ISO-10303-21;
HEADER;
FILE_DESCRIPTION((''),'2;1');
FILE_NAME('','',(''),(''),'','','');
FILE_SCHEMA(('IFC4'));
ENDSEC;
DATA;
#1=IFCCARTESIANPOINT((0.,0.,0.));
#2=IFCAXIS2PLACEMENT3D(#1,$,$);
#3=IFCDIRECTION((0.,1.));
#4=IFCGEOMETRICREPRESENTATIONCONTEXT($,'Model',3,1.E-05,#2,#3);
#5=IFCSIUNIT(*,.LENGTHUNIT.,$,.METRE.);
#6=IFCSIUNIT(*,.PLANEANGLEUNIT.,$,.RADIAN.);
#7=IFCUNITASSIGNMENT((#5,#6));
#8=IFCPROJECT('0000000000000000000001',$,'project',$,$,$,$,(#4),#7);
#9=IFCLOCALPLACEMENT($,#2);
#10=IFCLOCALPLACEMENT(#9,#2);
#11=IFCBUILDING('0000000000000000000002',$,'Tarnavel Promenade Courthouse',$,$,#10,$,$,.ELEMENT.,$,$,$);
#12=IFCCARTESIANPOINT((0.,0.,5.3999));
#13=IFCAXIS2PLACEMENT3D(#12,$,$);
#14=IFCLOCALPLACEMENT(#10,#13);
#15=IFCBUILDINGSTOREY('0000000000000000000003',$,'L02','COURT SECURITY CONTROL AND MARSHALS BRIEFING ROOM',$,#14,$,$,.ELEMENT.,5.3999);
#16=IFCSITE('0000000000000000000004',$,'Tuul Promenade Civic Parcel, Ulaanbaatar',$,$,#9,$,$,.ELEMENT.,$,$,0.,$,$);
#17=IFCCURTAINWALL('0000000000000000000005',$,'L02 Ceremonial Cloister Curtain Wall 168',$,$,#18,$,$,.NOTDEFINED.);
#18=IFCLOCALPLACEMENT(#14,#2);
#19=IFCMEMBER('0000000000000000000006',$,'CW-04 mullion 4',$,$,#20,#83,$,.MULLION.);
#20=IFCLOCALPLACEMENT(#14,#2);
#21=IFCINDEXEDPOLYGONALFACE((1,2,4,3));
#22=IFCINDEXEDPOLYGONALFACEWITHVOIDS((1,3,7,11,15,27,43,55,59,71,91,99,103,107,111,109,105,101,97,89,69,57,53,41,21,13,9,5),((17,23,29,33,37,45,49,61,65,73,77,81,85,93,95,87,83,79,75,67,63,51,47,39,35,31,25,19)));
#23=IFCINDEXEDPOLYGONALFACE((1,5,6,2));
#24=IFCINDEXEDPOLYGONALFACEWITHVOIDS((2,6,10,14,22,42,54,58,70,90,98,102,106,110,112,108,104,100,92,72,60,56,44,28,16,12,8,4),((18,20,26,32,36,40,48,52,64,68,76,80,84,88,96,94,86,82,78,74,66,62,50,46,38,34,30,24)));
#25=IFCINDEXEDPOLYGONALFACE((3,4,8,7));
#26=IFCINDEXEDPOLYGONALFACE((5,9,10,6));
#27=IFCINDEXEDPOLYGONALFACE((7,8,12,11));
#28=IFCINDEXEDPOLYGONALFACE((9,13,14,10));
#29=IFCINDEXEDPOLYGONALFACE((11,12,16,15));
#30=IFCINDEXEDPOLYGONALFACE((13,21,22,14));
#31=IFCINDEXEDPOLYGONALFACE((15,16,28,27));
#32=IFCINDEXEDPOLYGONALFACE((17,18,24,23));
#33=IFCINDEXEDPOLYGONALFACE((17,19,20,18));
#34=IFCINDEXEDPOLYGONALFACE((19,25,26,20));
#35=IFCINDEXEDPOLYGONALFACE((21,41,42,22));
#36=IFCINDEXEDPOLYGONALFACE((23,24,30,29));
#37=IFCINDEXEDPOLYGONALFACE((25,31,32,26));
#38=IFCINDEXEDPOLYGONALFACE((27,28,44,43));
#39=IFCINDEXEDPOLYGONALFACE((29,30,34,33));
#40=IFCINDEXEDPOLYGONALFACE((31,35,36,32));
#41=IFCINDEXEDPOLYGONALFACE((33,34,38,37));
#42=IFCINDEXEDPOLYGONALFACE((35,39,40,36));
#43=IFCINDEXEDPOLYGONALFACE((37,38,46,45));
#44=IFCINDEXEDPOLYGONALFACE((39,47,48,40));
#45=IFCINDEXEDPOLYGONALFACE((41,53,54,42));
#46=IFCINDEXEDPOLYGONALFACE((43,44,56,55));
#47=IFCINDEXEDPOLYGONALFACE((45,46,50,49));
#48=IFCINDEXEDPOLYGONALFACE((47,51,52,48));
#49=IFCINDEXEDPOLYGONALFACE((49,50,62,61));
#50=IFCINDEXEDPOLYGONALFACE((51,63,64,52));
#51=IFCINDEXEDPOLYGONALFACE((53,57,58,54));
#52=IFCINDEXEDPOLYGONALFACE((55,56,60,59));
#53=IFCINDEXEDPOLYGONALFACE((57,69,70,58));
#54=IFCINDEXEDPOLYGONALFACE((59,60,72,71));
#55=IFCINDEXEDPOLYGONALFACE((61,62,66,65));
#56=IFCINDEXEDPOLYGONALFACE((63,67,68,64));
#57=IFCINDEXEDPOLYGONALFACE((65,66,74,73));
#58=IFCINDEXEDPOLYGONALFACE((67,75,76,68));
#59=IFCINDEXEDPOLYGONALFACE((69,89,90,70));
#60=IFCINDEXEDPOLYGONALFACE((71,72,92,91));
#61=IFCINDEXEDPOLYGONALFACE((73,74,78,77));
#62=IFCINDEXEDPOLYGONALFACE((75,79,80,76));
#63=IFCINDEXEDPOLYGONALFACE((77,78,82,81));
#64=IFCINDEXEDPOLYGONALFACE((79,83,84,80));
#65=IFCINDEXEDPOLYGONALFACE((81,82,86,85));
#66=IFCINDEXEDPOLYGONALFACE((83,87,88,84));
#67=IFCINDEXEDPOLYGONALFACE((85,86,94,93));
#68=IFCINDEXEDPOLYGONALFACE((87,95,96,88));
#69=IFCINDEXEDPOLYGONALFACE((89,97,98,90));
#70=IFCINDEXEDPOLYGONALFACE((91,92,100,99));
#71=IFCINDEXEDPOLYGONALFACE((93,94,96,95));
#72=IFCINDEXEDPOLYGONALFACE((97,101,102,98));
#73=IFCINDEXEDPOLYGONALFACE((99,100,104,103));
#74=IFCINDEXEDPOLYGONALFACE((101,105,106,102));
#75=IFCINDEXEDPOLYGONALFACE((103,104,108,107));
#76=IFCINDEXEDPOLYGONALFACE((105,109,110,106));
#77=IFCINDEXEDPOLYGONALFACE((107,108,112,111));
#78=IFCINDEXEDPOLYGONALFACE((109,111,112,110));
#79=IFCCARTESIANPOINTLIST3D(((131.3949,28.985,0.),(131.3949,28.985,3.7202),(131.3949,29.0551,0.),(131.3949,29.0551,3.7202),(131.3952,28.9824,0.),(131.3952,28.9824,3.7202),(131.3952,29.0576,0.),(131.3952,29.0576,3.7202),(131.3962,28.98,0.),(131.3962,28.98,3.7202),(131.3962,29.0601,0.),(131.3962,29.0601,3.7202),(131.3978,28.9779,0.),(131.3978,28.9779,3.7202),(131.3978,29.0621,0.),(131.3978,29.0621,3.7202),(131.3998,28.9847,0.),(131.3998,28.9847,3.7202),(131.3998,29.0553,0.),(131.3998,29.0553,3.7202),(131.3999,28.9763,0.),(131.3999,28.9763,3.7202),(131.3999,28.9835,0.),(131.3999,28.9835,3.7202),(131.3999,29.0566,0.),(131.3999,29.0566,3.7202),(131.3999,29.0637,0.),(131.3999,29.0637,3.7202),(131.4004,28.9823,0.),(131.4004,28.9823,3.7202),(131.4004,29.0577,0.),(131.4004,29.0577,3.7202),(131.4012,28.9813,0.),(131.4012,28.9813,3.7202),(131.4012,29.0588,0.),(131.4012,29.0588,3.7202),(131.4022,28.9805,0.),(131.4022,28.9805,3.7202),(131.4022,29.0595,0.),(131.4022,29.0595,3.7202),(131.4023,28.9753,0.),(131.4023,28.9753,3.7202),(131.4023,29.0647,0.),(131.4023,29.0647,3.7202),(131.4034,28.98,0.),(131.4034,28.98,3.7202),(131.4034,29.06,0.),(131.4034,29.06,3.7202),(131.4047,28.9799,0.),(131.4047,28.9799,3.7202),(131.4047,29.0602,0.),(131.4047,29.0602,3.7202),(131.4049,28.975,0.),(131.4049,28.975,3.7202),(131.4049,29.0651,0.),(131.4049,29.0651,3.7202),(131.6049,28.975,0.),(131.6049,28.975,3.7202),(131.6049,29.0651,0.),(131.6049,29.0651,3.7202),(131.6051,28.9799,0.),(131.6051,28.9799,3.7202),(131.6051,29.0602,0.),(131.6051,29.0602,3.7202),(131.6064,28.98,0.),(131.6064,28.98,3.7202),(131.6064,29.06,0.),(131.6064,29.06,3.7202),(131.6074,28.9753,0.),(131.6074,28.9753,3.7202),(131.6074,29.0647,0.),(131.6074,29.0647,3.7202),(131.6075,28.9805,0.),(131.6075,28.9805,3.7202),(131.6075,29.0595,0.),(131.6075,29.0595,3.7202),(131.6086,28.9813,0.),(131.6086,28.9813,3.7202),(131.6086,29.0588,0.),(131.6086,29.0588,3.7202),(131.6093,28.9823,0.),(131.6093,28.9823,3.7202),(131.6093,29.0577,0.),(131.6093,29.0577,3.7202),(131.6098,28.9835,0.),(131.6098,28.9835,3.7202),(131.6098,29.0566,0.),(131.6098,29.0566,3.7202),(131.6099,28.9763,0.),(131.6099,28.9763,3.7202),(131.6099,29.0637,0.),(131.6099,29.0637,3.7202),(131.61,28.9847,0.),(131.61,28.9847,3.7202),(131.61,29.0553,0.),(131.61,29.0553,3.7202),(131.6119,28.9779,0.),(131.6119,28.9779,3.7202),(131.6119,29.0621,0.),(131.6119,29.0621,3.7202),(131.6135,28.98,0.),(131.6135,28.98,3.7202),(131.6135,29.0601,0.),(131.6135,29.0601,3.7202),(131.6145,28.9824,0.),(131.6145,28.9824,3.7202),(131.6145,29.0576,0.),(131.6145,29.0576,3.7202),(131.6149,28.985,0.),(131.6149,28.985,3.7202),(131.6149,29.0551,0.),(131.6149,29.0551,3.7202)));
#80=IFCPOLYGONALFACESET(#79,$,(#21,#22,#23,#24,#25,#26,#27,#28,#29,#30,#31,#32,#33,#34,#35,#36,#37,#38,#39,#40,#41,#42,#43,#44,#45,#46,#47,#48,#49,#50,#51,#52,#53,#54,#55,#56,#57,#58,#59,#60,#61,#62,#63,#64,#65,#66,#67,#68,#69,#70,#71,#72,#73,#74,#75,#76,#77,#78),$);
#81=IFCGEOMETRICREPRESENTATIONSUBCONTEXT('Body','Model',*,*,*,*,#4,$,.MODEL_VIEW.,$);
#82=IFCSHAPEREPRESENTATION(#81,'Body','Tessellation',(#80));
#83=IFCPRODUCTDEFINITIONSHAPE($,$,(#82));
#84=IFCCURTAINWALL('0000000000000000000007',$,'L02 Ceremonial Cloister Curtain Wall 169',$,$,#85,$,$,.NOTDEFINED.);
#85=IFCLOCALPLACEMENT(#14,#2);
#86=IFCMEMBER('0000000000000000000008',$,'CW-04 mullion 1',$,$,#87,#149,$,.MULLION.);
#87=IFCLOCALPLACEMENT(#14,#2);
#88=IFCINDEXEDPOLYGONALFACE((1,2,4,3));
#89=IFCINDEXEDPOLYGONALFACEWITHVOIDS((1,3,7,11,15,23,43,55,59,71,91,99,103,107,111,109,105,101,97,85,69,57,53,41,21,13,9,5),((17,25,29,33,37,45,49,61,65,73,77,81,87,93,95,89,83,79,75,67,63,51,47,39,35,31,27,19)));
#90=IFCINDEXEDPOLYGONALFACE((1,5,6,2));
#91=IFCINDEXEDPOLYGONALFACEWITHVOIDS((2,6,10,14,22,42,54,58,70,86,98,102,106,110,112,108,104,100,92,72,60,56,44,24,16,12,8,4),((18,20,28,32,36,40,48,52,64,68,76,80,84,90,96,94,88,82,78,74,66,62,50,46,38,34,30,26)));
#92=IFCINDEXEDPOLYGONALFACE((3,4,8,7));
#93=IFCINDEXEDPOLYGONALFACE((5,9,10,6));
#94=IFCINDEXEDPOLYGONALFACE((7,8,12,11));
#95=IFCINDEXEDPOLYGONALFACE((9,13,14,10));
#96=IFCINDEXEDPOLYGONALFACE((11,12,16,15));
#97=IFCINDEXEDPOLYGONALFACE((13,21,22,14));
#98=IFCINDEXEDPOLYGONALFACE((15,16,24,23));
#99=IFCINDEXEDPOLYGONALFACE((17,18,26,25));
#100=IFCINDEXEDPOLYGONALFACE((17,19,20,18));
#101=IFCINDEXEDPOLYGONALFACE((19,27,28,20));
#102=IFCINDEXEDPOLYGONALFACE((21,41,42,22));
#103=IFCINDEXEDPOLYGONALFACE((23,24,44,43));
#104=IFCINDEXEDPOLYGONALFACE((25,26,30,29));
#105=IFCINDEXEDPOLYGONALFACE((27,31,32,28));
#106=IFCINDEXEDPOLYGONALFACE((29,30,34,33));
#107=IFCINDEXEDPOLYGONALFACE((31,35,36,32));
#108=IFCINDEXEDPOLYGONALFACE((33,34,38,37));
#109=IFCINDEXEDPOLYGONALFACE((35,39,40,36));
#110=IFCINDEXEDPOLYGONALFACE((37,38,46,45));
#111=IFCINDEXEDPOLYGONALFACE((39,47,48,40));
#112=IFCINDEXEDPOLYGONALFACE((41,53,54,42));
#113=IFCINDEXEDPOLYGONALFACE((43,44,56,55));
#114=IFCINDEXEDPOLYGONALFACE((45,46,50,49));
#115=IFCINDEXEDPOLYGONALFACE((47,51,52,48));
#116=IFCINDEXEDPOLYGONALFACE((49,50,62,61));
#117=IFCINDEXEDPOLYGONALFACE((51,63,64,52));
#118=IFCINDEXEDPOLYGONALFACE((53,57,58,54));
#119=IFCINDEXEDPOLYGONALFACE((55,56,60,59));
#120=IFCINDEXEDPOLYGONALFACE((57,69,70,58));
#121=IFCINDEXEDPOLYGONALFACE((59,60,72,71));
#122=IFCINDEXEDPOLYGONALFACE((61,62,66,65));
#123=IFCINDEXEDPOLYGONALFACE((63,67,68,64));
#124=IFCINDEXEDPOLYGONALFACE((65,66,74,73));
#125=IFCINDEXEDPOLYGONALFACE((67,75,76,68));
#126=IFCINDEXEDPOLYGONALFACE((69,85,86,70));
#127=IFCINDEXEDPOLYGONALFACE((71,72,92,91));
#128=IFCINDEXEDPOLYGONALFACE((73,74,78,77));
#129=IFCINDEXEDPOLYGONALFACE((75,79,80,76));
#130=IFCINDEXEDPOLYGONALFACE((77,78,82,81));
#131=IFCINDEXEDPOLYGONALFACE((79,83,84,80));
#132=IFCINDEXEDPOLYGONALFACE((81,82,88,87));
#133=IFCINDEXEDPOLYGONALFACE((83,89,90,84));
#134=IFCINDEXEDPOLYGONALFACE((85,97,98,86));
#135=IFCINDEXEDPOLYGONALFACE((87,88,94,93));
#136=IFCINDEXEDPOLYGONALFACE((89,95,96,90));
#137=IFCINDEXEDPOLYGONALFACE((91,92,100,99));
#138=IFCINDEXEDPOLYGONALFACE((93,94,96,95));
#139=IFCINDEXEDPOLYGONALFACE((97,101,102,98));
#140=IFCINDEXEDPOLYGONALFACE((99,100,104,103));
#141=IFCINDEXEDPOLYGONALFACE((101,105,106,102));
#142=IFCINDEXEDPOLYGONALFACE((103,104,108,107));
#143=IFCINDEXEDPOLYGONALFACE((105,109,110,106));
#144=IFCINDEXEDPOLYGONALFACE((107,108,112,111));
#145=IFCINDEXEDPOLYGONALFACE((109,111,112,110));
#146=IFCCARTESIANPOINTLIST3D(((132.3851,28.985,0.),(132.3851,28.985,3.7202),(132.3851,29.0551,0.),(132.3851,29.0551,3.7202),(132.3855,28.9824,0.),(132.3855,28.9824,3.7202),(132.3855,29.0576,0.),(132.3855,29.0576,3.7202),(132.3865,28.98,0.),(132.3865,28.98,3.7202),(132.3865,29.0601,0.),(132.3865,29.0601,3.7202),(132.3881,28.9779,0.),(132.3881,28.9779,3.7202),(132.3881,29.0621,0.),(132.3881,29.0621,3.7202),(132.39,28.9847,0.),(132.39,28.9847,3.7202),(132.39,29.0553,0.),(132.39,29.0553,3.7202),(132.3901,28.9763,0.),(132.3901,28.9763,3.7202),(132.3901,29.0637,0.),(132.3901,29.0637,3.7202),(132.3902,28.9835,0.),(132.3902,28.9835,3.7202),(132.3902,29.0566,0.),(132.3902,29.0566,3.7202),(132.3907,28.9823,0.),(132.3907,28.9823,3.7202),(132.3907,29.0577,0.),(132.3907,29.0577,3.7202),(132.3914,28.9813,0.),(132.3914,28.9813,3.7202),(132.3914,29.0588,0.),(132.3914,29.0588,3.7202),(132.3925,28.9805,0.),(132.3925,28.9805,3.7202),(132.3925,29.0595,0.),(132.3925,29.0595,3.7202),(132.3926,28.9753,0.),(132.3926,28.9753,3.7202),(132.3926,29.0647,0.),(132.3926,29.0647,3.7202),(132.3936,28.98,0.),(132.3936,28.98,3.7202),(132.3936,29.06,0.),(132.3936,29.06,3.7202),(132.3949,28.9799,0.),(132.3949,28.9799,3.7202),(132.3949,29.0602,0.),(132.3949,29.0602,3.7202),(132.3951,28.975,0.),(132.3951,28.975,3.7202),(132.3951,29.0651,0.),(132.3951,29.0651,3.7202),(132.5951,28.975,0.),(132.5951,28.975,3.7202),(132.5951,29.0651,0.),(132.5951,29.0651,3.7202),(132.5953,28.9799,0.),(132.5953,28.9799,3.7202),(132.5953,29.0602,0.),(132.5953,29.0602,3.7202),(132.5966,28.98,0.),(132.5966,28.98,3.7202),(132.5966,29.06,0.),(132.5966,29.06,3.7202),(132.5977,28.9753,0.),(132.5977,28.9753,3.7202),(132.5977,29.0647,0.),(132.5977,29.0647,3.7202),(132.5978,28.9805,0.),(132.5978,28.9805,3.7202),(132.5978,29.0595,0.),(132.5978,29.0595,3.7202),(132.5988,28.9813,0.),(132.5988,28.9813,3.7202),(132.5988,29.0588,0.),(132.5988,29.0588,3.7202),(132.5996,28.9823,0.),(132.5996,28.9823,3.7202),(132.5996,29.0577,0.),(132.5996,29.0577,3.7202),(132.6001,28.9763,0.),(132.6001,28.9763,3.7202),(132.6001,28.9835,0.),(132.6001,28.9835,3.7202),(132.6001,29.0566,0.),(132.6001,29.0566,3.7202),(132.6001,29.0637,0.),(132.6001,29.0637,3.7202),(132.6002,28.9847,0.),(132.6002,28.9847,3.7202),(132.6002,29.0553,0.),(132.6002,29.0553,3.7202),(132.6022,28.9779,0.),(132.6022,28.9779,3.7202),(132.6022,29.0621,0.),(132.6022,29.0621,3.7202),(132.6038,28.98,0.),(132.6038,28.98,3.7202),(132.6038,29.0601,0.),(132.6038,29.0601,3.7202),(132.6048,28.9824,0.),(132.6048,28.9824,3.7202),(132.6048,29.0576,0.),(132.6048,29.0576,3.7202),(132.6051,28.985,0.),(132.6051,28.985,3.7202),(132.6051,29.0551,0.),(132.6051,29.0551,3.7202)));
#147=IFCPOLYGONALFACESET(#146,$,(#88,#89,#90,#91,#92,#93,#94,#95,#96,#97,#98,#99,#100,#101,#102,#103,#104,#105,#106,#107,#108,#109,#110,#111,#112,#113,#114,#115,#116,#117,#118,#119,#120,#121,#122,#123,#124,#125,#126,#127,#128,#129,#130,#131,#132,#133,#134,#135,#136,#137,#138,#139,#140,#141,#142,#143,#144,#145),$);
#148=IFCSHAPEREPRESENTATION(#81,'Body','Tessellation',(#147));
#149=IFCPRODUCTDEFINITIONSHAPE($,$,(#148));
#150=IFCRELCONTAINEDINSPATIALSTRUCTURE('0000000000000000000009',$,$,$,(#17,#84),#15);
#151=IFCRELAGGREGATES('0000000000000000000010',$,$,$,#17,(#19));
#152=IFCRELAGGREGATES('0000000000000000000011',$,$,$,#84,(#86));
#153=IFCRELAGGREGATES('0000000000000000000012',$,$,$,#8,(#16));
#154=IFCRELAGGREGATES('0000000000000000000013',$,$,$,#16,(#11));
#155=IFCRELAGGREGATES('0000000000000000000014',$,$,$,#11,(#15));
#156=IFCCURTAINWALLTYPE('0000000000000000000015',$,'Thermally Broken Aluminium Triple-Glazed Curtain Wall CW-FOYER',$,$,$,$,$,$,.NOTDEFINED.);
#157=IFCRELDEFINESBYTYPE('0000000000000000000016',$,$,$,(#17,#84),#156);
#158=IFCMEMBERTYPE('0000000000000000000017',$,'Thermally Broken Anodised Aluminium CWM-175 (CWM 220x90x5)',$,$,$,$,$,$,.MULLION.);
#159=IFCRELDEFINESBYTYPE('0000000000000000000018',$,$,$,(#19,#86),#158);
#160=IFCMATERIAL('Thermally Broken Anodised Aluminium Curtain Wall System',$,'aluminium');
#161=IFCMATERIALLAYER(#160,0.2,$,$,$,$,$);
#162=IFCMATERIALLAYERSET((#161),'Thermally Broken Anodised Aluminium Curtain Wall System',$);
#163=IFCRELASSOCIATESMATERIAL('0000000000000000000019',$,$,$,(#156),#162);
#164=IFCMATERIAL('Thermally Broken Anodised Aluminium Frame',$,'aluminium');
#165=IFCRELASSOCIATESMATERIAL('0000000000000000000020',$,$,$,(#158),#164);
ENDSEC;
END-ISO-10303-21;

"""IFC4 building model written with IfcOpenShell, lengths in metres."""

from ifc_helpers import new_model, si_unit, direction, frame, origin, origin_2d, place, context, subcontext, project, spatial, hollow_rectangle, extrude, material, layer, layer_set, material_profile, profile_set, type_object, element, aggregate, save


model = new_model("IFC4")

# Units and contexts
model_context = context("Model", 3, precision=1e-05, world=origin(), true_north=direction((0.0, 1.0)))
body_context = subcontext(model_context, "Body", "Model", "MODEL_VIEW")
ifc_project = project(units=[si_unit("LENGTHUNIT", "METRE"), si_unit("PLANEANGLEUNIT", "RADIAN")], contexts=[model_context])

# Site, building, storey
site_placement = place(None, origin())
site = spatial("IfcSite", under=ifc_project, at=site_placement, Name="Tuul Promenade Civic Parcel, Ulaanbaatar", CompositionType="ELEMENT", RefElevation=0.0)
building_placement = place(site_placement, origin())
building = spatial("IfcBuilding", under=site, at=building_placement, Name="Tarnavel Promenade Courthouse", CompositionType="ELEMENT")
storey_placement = place(building_placement, frame((0.0, 0.0, 5.3999)))
storey = spatial("IfcBuildingStorey", under=building, at=storey_placement, Name="L02", Description="COURT SECURITY CONTROL AND MARSHALS BRIEFING ROOM", CompositionType="ELEMENT", Elevation=5.3999)

# Curtain walls, members
ifc_material_1 = material(Name="Thermally Broken Anodised Aluminium Curtain Wall System", Category="aluminium")
ifc_layer_1 = layer(ifc_material_1, 0.2)
ifc_layer_set_1 = layer_set([ifc_layer_1], Name="Thermally Broken Anodised Aluminium Curtain Wall System")
curtain_wall_type = type_object("IfcCurtainWallType", Name="Thermally Broken Aluminium Triple-Glazed Curtain Wall CW-FOYER", PredefinedType="NOTDEFINED", material=ifc_layer_set_1)
curtain_wall_1_placement = place(storey_placement, origin())
curtain_wall_1 = element("IfcCurtainWall", 1, at=curtain_wall_1_placement, inside=storey, type_object=curtain_wall_type, Name="L02 Ceremonial Cloister Curtain Wall 168", PredefinedType="NOTDEFINED")
ifc_material_2 = material(Name="Thermally Broken Anodised Aluminium Frame", Category="aluminium")
ifc_material_profile_1 = material_profile(ifc_material_2, hollow_rectangle(XDim=0.0901, YDim=0.22, WallThickness=0.0049, InnerFilletRadius=0.0049, OuterFilletRadius=0.01, at=origin_2d()), Name="CWM 220x90x5")
ifc_profile_set_1 = profile_set([ifc_material_profile_1], Name="Thermally Broken Anodised Aluminium Frame")
member_type_1 = type_object("IfcMemberType", Name="Thermally Broken Anodised Aluminium CWM-175 (CWM 220x90x5)", PredefinedType="MULLION", material=ifc_profile_set_1)
member_1_placement = place(storey_placement, frame((131.5049, 29.02, 0.0), z_axis=(0.0, 0.0, 1.0), x_axis=(0.0, 1.0, 0.0)))
member_1 = element("IfcMember", 2, at=member_1_placement, type_object=member_type_1, Name="CW-04 mullion 4", PredefinedType="MULLION", context=body_context, shape_type="SweptSolid", body=[
    extrude(hollow_rectangle(XDim=0.0901, YDim=0.22, WallThickness=0.0049, InnerFilletRadius=0.0049, OuterFilletRadius=0.01, at=origin_2d()), origin(), (0.0, 0.0, 1.0), 3.7202),
])
curtain_wall_2_placement = place(storey_placement, origin())
curtain_wall_2 = element("IfcCurtainWall", 3, at=curtain_wall_2_placement, inside=storey, type_object=curtain_wall_type, Name="L02 Ceremonial Cloister Curtain Wall 169", PredefinedType="NOTDEFINED")
member_2_placement = place(storey_placement, frame((132.4951, 29.02, 0.0), z_axis=(0.0, 0.0, 1.0), x_axis=(0.0, 1.0, 0.0)))
member_2 = element("IfcMember", 4, at=member_2_placement, type_object=member_type_1, Name="CW-04 mullion 1", PredefinedType="MULLION", context=body_context, shape_type="SweptSolid", body=[
    extrude(hollow_rectangle(XDim=0.0901, YDim=0.22, WallThickness=0.0049, InnerFilletRadius=0.0049, OuterFilletRadius=0.01, at=origin_2d()), origin(), (0.0, 0.0, 1.0), 3.7202),
])

aggregate(curtain_wall_1, [member_1])
aggregate(curtain_wall_2, [member_2])

save(model, "model.ifc")
